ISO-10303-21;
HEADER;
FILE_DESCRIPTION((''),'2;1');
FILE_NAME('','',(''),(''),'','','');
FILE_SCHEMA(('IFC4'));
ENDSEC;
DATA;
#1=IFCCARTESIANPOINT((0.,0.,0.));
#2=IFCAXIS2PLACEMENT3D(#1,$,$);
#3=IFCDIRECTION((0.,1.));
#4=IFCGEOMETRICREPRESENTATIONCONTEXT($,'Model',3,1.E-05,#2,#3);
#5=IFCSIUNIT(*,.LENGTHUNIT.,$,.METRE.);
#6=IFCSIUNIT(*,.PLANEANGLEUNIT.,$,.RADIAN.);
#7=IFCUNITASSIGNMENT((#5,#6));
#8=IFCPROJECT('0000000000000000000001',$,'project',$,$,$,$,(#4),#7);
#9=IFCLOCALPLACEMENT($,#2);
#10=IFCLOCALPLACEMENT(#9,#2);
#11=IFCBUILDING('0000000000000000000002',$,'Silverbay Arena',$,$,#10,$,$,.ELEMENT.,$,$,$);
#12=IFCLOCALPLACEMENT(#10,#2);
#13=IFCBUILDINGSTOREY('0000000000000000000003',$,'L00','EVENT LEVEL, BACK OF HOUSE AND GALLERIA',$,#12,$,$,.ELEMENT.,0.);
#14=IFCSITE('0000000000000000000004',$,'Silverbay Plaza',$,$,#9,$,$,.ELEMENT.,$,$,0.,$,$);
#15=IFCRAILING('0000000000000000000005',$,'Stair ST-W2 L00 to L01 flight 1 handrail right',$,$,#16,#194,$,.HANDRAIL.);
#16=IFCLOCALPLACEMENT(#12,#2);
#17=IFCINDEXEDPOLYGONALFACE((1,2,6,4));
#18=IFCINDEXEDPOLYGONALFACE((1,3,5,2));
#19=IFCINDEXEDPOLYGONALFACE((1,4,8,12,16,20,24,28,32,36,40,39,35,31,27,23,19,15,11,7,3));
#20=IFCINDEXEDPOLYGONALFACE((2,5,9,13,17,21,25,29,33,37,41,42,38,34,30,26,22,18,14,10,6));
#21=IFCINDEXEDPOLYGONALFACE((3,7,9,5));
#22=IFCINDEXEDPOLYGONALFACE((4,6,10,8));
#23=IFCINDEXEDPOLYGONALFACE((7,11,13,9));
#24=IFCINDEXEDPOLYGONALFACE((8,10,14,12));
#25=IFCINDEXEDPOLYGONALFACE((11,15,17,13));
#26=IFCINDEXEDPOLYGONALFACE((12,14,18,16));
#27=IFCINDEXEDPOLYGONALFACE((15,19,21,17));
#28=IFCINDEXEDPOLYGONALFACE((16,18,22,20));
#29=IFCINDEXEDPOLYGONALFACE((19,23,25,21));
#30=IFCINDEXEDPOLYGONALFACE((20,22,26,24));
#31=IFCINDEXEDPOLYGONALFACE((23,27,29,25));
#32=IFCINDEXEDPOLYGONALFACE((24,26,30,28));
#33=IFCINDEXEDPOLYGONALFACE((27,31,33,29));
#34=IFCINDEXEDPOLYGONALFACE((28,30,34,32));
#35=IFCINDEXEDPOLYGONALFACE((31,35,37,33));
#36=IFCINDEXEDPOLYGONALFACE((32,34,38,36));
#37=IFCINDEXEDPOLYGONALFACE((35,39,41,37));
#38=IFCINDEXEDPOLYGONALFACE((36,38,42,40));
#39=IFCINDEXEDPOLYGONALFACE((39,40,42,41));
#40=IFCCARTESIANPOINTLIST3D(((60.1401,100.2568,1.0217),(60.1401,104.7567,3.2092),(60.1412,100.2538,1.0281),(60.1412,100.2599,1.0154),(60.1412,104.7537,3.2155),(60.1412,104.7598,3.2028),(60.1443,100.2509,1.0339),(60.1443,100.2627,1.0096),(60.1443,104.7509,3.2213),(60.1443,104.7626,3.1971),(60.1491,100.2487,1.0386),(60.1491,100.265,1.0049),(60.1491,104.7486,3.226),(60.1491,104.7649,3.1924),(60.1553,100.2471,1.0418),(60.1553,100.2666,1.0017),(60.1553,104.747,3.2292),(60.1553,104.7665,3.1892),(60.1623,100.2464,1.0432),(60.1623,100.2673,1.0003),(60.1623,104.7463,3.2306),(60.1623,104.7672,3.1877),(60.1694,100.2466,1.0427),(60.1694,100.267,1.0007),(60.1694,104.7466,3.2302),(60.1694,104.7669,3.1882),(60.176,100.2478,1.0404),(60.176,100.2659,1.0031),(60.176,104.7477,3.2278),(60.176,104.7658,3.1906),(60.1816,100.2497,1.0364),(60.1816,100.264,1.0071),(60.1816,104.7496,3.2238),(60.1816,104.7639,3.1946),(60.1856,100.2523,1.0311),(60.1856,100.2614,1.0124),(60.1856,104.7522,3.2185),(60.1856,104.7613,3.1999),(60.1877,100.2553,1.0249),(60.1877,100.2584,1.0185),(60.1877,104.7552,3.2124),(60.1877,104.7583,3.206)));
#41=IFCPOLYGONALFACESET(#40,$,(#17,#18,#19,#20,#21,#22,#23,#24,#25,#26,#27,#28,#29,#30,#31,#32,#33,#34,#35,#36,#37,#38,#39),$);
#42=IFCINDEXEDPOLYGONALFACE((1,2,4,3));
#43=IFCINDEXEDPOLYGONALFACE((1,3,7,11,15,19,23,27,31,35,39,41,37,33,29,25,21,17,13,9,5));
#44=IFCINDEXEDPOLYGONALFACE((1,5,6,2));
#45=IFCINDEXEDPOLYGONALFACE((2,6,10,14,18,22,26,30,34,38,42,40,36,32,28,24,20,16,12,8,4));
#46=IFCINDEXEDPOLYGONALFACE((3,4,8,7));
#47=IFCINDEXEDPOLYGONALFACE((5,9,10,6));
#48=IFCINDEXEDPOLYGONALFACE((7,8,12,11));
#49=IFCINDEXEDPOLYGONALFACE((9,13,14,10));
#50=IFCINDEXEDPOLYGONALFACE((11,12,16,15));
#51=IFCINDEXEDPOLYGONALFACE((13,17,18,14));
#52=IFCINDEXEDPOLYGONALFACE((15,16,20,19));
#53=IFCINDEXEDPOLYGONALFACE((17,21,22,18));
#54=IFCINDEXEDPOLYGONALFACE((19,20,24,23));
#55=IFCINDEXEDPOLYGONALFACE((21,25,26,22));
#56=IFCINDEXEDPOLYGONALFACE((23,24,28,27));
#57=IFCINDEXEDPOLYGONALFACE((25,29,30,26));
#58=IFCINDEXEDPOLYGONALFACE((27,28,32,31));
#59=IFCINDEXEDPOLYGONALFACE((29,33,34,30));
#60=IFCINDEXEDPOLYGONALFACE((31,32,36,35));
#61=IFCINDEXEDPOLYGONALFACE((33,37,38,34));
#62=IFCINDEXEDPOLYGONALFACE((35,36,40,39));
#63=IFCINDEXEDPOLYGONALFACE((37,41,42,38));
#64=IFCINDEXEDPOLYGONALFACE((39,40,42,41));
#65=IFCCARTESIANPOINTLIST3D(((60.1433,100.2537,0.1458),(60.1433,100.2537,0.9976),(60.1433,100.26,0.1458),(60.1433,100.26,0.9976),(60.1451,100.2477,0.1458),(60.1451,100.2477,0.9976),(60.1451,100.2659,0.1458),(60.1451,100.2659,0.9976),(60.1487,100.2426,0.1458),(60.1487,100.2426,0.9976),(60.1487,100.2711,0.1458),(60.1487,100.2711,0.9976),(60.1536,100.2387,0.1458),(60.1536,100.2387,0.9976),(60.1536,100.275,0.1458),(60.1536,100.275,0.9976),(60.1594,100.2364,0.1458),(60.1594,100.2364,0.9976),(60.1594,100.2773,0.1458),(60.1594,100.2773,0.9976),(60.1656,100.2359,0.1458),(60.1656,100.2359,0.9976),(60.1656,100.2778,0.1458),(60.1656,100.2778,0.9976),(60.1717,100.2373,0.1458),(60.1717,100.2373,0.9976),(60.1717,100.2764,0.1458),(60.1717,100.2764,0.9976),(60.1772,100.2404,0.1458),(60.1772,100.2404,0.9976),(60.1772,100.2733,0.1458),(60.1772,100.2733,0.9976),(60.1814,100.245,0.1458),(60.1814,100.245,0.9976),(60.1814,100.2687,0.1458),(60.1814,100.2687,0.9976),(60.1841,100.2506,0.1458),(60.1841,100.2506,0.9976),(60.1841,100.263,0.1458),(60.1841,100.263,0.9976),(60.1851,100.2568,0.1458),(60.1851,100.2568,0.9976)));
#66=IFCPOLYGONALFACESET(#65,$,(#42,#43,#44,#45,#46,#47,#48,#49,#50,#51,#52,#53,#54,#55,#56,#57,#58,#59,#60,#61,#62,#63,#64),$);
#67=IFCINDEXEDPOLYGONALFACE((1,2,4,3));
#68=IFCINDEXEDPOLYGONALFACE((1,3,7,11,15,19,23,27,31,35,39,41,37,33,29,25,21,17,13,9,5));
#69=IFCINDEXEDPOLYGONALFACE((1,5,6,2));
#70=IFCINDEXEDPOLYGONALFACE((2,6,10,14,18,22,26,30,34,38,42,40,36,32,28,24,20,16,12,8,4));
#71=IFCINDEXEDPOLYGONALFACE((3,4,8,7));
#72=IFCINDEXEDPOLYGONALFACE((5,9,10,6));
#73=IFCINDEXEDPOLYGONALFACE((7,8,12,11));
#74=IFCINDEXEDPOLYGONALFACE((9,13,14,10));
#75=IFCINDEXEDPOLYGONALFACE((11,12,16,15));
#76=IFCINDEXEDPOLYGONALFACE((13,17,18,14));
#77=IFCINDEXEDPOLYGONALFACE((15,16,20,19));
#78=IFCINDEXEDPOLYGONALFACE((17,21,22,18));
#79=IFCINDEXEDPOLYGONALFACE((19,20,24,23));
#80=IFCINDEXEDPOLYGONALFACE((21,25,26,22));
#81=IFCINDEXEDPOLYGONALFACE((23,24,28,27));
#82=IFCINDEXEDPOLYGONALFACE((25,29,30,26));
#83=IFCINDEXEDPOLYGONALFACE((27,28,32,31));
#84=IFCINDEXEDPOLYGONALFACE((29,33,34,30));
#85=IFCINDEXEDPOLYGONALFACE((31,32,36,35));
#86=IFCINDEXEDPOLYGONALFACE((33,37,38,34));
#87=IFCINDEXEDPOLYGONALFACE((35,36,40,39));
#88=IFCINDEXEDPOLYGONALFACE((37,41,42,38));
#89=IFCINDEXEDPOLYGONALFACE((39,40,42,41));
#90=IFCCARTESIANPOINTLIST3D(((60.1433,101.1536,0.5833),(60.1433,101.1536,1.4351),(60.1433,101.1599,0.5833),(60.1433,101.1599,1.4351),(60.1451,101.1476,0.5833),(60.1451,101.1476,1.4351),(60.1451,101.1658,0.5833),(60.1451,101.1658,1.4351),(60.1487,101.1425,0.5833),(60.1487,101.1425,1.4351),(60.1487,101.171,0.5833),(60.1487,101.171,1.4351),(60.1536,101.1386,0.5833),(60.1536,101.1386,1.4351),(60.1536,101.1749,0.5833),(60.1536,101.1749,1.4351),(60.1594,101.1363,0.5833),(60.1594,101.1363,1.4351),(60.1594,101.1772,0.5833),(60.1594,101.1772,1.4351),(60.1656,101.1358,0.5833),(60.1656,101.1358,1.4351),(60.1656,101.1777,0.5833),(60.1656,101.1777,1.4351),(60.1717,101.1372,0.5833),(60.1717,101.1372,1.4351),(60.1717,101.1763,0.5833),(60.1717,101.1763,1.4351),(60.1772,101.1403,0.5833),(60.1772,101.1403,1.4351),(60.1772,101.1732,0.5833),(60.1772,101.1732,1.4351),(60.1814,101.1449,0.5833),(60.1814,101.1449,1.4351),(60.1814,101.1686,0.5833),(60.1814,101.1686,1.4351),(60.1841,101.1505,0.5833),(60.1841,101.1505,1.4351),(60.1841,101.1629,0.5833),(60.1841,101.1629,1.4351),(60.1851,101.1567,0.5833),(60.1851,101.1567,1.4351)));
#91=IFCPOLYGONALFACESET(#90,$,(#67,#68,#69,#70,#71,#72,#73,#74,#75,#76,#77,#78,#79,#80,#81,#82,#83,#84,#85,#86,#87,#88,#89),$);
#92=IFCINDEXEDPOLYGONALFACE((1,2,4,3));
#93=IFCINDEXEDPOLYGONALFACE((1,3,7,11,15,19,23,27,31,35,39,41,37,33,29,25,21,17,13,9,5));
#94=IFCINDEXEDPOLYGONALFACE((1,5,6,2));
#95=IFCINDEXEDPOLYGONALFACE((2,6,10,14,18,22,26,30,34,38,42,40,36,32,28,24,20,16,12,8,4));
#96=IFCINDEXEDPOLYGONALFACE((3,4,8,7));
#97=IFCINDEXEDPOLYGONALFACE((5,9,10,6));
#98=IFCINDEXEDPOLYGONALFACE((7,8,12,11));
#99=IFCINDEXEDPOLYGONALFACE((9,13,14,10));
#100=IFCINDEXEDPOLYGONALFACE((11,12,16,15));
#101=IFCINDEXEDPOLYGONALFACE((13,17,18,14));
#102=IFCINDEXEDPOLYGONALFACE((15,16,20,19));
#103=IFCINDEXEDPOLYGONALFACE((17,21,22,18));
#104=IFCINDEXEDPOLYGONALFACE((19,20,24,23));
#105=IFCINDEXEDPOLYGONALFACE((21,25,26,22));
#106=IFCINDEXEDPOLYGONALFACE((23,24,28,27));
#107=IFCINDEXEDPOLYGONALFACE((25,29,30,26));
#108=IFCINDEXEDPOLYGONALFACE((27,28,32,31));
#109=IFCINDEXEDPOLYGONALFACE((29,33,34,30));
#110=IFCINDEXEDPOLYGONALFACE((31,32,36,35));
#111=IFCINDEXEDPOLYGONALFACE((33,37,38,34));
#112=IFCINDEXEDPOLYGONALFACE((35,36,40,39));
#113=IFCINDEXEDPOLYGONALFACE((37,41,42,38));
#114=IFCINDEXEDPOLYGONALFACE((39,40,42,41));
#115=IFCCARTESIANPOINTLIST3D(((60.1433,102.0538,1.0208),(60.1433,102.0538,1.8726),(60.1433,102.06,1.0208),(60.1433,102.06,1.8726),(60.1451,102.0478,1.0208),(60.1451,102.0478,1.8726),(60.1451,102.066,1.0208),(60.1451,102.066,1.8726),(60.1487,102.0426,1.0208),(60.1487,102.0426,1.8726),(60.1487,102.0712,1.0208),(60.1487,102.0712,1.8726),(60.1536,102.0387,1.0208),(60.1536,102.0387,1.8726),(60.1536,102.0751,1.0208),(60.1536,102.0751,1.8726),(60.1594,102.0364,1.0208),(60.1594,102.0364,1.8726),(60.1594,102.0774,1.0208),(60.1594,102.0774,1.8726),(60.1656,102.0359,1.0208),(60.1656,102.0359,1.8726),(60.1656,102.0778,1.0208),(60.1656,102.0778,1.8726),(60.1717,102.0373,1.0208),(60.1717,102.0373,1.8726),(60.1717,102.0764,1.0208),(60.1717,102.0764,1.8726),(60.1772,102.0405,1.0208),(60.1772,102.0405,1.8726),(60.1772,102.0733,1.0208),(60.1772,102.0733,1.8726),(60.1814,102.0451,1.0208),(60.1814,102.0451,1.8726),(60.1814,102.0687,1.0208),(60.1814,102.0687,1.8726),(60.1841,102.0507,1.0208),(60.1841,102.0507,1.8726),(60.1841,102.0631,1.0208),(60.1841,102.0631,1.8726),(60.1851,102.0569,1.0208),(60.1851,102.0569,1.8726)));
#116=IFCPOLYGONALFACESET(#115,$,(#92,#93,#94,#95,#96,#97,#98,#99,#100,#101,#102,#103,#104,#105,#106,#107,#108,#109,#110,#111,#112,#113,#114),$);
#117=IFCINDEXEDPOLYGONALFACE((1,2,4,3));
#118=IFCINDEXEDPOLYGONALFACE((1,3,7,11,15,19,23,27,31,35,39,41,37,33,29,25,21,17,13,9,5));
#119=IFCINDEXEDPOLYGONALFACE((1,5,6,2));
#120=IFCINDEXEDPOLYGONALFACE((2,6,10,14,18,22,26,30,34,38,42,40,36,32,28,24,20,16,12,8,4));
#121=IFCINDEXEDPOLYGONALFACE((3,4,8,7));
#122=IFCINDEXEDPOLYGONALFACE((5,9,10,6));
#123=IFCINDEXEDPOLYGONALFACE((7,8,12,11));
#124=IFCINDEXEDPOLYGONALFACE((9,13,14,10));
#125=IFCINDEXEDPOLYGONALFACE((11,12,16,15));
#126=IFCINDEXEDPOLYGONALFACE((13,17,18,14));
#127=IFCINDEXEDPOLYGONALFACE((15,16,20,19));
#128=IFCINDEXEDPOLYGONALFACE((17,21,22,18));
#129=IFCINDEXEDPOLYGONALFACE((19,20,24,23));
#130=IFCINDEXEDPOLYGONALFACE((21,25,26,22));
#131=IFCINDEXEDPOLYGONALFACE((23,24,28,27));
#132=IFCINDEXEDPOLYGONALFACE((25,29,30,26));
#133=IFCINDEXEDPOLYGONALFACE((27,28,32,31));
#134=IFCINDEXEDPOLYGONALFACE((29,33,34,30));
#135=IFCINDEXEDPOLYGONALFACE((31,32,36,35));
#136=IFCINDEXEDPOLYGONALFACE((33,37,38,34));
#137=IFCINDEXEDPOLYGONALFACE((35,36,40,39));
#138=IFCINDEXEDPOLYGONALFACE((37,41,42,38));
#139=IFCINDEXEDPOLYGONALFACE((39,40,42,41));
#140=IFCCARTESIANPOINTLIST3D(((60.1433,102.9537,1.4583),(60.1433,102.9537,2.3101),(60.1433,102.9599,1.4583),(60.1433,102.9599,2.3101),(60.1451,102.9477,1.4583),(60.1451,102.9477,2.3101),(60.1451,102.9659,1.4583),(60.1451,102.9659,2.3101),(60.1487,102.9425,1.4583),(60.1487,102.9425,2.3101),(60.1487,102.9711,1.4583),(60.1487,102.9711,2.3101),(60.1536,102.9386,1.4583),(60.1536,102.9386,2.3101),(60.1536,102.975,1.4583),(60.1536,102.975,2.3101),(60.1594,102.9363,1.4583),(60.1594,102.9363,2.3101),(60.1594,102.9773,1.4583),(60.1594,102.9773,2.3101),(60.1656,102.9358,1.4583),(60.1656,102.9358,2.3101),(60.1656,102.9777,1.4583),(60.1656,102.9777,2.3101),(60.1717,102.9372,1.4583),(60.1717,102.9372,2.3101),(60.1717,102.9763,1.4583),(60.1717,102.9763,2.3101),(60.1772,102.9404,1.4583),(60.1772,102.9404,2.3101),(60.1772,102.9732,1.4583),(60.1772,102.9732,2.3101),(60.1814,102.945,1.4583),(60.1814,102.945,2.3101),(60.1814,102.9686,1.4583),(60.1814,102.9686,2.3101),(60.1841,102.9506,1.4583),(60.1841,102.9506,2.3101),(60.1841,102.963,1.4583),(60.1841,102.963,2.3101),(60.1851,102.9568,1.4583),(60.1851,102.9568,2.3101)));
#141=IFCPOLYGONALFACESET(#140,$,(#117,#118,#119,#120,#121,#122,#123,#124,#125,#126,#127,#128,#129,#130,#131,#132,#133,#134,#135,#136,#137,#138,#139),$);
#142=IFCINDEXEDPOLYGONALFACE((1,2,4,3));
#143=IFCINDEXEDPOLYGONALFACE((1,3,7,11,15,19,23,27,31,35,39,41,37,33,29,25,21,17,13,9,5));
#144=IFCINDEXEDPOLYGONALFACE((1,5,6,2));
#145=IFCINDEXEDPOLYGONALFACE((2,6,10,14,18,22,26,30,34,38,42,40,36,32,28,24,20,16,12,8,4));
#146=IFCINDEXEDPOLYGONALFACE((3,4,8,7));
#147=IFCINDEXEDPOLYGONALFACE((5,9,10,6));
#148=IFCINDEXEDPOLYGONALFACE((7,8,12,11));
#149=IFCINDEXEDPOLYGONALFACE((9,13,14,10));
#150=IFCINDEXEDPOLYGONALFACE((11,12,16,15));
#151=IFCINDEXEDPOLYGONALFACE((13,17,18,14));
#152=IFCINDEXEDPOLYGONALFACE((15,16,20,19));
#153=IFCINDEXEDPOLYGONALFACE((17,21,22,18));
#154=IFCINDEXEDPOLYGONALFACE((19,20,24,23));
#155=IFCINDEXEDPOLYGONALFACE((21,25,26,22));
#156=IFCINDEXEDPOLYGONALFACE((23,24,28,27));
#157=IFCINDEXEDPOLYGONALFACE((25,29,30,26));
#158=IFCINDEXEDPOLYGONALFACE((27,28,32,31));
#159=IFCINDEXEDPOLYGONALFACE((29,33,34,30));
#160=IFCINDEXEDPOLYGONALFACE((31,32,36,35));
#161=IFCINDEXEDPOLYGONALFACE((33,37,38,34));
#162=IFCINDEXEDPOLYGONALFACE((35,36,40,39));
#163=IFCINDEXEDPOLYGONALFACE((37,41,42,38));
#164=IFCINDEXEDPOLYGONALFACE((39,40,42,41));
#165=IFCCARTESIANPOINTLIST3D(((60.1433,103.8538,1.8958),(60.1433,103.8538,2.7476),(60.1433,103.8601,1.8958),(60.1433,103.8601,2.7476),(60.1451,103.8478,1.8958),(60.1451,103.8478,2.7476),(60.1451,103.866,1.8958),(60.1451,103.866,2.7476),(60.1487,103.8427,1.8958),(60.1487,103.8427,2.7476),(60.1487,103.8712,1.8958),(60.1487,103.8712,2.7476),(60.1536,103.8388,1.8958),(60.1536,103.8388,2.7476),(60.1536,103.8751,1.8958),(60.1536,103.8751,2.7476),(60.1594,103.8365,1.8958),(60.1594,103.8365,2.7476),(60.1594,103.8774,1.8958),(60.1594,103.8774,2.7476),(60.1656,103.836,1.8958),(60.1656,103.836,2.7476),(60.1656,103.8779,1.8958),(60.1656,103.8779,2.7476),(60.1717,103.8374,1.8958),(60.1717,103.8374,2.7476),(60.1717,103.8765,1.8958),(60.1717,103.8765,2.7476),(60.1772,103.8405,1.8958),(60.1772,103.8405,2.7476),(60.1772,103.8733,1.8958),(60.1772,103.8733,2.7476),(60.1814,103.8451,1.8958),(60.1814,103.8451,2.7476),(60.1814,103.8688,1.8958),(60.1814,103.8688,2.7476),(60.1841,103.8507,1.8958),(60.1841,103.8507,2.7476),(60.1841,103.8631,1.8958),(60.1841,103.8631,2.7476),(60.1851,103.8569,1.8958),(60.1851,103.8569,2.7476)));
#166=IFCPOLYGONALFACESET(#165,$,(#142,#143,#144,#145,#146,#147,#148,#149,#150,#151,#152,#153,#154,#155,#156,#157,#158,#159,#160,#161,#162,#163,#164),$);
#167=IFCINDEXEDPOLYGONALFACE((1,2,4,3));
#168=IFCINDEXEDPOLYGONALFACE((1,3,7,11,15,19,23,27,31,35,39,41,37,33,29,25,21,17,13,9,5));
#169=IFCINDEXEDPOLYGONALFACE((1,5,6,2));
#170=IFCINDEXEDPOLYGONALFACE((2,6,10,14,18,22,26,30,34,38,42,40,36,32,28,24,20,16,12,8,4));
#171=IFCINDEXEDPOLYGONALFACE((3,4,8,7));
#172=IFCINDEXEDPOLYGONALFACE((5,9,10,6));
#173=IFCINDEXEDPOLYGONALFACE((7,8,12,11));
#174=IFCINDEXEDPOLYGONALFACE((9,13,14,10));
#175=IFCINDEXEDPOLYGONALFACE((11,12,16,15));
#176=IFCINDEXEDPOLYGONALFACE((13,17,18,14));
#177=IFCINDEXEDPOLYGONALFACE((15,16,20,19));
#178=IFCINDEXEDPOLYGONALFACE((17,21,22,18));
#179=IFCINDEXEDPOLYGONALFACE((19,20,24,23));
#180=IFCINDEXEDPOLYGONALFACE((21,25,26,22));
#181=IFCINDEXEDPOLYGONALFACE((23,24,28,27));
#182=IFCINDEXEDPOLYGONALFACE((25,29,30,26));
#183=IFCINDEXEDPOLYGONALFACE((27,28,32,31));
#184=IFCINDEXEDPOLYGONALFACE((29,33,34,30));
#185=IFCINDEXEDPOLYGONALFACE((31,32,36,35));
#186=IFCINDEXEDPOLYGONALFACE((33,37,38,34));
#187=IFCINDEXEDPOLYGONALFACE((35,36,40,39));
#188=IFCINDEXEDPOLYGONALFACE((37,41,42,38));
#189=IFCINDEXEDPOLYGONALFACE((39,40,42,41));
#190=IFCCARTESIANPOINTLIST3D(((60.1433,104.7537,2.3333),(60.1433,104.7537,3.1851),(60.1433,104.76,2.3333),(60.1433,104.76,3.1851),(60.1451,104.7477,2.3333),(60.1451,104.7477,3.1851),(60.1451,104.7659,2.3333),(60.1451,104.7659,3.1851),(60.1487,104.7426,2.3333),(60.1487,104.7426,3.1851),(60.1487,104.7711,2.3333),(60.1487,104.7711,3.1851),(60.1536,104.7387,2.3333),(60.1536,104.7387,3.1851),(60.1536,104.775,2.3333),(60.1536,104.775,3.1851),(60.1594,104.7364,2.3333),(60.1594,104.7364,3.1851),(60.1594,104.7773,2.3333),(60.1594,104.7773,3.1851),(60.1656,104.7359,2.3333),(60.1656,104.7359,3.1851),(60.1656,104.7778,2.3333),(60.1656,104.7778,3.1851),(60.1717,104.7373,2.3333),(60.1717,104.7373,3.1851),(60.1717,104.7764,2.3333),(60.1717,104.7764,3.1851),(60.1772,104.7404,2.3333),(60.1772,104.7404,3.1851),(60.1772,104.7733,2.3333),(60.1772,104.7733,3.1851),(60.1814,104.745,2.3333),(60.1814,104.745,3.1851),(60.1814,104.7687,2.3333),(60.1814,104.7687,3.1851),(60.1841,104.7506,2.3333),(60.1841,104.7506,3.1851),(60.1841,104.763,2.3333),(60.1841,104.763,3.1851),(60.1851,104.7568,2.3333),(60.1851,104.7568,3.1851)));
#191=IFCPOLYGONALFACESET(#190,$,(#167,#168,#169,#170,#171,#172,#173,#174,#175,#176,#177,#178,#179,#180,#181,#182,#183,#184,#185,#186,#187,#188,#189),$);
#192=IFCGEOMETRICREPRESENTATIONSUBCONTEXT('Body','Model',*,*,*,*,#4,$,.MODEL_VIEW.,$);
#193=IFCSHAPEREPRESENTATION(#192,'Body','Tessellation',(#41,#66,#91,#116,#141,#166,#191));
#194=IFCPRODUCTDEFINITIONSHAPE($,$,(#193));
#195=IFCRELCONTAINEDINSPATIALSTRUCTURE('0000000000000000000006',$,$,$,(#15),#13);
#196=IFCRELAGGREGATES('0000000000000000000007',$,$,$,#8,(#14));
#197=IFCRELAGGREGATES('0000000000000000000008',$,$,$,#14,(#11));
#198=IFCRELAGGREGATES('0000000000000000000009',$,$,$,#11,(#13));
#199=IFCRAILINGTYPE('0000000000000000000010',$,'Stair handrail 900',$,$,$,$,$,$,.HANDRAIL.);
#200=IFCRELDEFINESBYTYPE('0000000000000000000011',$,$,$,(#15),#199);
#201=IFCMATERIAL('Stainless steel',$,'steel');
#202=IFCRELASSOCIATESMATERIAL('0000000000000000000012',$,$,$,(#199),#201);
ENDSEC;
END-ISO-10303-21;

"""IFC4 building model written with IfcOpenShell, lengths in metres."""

from ifc_helpers import new_model, si_unit, direction, frame, origin, origin_2d, place, context, subcontext, project, spatial, circle, extrude, material, type_object, element, save


model = new_model("IFC4")

# Units and contexts
model_context = context("Model", 3, precision=1e-05, world=origin(), true_north=direction((0.0, 1.0)))
body_context = subcontext(model_context, "Body", "Model", "MODEL_VIEW")
ifc_project = project(units=[si_unit("LENGTHUNIT", "METRE"), si_unit("PLANEANGLEUNIT", "RADIAN")], contexts=[model_context])

# Site, building, storey
site_placement = place(None, origin())
site = spatial("IfcSite", under=ifc_project, at=site_placement, Name="Silverbay Plaza", CompositionType="ELEMENT", RefElevation=0.0)
building_placement = place(site_placement, origin())
building = spatial("IfcBuilding", under=site, at=building_placement, Name="Silverbay Arena", CompositionType="ELEMENT")
storey_placement = place(building_placement, origin())
storey = spatial("IfcBuildingStorey", under=building, at=storey_placement, Name="L00", Description="EVENT LEVEL, BACK OF HOUSE AND GALLERIA", CompositionType="ELEMENT", Elevation=0.0)

# Railing
ifc_material_1 = material(Name="Stainless steel", Category="steel")
railing_type_1 = type_object("IfcRailingType", Name="Stair handrail 900", PredefinedType="HANDRAIL", material=ifc_material_1)
for number, where, name in (
    (1, (60.1641, 100.2568, 0.1458), "Stair ST-W2 L00 to L01 flight 1 handrail right"),
):
    element("IfcRailing", number, at=place(storey_placement, frame(where)), inside=storey, type_object=railing_type_1, Name=name, PredefinedType="HANDRAIL", context=body_context, shape_type="SweptSolid", body=[
        extrude(circle(Radius=0.0239, at=origin_2d()), frame((0.0, 0.0, 0.876), z_axis=(0.0, 0.899368, 0.437193), x_axis=(-1.0, 0.0, 0.0)), (0.0, 0.0, 1.0), 5.0034),
        extrude(circle(Radius=0.021, at=origin_2d()), origin(), (0.0, 0.0, 1.0), 0.8518),
        extrude(circle(Radius=0.021, at=origin_2d()), frame((0.0, 0.8999, 0.4375)), (0.0, 0.0, 1.0), 0.8518),
        extrude(circle(Radius=0.021, at=origin_2d()), frame((0.0, 1.8, 0.875)), (0.0, 0.0, 1.0), 0.8518),
        extrude(circle(Radius=0.021, at=origin_2d()), frame((0.0, 2.7, 1.3125)), (0.0, 0.0, 1.0), 0.8518),
        extrude(circle(Radius=0.021, at=origin_2d()), frame((0.0, 3.6001, 1.75)), (0.0, 0.0, 1.0), 0.8518),
        extrude(circle(Radius=0.021, at=origin_2d()), frame((0.0, 4.5, 2.1875)), (0.0, 0.0, 1.0), 0.8518),
    ])

save(model, "model.ifc")
